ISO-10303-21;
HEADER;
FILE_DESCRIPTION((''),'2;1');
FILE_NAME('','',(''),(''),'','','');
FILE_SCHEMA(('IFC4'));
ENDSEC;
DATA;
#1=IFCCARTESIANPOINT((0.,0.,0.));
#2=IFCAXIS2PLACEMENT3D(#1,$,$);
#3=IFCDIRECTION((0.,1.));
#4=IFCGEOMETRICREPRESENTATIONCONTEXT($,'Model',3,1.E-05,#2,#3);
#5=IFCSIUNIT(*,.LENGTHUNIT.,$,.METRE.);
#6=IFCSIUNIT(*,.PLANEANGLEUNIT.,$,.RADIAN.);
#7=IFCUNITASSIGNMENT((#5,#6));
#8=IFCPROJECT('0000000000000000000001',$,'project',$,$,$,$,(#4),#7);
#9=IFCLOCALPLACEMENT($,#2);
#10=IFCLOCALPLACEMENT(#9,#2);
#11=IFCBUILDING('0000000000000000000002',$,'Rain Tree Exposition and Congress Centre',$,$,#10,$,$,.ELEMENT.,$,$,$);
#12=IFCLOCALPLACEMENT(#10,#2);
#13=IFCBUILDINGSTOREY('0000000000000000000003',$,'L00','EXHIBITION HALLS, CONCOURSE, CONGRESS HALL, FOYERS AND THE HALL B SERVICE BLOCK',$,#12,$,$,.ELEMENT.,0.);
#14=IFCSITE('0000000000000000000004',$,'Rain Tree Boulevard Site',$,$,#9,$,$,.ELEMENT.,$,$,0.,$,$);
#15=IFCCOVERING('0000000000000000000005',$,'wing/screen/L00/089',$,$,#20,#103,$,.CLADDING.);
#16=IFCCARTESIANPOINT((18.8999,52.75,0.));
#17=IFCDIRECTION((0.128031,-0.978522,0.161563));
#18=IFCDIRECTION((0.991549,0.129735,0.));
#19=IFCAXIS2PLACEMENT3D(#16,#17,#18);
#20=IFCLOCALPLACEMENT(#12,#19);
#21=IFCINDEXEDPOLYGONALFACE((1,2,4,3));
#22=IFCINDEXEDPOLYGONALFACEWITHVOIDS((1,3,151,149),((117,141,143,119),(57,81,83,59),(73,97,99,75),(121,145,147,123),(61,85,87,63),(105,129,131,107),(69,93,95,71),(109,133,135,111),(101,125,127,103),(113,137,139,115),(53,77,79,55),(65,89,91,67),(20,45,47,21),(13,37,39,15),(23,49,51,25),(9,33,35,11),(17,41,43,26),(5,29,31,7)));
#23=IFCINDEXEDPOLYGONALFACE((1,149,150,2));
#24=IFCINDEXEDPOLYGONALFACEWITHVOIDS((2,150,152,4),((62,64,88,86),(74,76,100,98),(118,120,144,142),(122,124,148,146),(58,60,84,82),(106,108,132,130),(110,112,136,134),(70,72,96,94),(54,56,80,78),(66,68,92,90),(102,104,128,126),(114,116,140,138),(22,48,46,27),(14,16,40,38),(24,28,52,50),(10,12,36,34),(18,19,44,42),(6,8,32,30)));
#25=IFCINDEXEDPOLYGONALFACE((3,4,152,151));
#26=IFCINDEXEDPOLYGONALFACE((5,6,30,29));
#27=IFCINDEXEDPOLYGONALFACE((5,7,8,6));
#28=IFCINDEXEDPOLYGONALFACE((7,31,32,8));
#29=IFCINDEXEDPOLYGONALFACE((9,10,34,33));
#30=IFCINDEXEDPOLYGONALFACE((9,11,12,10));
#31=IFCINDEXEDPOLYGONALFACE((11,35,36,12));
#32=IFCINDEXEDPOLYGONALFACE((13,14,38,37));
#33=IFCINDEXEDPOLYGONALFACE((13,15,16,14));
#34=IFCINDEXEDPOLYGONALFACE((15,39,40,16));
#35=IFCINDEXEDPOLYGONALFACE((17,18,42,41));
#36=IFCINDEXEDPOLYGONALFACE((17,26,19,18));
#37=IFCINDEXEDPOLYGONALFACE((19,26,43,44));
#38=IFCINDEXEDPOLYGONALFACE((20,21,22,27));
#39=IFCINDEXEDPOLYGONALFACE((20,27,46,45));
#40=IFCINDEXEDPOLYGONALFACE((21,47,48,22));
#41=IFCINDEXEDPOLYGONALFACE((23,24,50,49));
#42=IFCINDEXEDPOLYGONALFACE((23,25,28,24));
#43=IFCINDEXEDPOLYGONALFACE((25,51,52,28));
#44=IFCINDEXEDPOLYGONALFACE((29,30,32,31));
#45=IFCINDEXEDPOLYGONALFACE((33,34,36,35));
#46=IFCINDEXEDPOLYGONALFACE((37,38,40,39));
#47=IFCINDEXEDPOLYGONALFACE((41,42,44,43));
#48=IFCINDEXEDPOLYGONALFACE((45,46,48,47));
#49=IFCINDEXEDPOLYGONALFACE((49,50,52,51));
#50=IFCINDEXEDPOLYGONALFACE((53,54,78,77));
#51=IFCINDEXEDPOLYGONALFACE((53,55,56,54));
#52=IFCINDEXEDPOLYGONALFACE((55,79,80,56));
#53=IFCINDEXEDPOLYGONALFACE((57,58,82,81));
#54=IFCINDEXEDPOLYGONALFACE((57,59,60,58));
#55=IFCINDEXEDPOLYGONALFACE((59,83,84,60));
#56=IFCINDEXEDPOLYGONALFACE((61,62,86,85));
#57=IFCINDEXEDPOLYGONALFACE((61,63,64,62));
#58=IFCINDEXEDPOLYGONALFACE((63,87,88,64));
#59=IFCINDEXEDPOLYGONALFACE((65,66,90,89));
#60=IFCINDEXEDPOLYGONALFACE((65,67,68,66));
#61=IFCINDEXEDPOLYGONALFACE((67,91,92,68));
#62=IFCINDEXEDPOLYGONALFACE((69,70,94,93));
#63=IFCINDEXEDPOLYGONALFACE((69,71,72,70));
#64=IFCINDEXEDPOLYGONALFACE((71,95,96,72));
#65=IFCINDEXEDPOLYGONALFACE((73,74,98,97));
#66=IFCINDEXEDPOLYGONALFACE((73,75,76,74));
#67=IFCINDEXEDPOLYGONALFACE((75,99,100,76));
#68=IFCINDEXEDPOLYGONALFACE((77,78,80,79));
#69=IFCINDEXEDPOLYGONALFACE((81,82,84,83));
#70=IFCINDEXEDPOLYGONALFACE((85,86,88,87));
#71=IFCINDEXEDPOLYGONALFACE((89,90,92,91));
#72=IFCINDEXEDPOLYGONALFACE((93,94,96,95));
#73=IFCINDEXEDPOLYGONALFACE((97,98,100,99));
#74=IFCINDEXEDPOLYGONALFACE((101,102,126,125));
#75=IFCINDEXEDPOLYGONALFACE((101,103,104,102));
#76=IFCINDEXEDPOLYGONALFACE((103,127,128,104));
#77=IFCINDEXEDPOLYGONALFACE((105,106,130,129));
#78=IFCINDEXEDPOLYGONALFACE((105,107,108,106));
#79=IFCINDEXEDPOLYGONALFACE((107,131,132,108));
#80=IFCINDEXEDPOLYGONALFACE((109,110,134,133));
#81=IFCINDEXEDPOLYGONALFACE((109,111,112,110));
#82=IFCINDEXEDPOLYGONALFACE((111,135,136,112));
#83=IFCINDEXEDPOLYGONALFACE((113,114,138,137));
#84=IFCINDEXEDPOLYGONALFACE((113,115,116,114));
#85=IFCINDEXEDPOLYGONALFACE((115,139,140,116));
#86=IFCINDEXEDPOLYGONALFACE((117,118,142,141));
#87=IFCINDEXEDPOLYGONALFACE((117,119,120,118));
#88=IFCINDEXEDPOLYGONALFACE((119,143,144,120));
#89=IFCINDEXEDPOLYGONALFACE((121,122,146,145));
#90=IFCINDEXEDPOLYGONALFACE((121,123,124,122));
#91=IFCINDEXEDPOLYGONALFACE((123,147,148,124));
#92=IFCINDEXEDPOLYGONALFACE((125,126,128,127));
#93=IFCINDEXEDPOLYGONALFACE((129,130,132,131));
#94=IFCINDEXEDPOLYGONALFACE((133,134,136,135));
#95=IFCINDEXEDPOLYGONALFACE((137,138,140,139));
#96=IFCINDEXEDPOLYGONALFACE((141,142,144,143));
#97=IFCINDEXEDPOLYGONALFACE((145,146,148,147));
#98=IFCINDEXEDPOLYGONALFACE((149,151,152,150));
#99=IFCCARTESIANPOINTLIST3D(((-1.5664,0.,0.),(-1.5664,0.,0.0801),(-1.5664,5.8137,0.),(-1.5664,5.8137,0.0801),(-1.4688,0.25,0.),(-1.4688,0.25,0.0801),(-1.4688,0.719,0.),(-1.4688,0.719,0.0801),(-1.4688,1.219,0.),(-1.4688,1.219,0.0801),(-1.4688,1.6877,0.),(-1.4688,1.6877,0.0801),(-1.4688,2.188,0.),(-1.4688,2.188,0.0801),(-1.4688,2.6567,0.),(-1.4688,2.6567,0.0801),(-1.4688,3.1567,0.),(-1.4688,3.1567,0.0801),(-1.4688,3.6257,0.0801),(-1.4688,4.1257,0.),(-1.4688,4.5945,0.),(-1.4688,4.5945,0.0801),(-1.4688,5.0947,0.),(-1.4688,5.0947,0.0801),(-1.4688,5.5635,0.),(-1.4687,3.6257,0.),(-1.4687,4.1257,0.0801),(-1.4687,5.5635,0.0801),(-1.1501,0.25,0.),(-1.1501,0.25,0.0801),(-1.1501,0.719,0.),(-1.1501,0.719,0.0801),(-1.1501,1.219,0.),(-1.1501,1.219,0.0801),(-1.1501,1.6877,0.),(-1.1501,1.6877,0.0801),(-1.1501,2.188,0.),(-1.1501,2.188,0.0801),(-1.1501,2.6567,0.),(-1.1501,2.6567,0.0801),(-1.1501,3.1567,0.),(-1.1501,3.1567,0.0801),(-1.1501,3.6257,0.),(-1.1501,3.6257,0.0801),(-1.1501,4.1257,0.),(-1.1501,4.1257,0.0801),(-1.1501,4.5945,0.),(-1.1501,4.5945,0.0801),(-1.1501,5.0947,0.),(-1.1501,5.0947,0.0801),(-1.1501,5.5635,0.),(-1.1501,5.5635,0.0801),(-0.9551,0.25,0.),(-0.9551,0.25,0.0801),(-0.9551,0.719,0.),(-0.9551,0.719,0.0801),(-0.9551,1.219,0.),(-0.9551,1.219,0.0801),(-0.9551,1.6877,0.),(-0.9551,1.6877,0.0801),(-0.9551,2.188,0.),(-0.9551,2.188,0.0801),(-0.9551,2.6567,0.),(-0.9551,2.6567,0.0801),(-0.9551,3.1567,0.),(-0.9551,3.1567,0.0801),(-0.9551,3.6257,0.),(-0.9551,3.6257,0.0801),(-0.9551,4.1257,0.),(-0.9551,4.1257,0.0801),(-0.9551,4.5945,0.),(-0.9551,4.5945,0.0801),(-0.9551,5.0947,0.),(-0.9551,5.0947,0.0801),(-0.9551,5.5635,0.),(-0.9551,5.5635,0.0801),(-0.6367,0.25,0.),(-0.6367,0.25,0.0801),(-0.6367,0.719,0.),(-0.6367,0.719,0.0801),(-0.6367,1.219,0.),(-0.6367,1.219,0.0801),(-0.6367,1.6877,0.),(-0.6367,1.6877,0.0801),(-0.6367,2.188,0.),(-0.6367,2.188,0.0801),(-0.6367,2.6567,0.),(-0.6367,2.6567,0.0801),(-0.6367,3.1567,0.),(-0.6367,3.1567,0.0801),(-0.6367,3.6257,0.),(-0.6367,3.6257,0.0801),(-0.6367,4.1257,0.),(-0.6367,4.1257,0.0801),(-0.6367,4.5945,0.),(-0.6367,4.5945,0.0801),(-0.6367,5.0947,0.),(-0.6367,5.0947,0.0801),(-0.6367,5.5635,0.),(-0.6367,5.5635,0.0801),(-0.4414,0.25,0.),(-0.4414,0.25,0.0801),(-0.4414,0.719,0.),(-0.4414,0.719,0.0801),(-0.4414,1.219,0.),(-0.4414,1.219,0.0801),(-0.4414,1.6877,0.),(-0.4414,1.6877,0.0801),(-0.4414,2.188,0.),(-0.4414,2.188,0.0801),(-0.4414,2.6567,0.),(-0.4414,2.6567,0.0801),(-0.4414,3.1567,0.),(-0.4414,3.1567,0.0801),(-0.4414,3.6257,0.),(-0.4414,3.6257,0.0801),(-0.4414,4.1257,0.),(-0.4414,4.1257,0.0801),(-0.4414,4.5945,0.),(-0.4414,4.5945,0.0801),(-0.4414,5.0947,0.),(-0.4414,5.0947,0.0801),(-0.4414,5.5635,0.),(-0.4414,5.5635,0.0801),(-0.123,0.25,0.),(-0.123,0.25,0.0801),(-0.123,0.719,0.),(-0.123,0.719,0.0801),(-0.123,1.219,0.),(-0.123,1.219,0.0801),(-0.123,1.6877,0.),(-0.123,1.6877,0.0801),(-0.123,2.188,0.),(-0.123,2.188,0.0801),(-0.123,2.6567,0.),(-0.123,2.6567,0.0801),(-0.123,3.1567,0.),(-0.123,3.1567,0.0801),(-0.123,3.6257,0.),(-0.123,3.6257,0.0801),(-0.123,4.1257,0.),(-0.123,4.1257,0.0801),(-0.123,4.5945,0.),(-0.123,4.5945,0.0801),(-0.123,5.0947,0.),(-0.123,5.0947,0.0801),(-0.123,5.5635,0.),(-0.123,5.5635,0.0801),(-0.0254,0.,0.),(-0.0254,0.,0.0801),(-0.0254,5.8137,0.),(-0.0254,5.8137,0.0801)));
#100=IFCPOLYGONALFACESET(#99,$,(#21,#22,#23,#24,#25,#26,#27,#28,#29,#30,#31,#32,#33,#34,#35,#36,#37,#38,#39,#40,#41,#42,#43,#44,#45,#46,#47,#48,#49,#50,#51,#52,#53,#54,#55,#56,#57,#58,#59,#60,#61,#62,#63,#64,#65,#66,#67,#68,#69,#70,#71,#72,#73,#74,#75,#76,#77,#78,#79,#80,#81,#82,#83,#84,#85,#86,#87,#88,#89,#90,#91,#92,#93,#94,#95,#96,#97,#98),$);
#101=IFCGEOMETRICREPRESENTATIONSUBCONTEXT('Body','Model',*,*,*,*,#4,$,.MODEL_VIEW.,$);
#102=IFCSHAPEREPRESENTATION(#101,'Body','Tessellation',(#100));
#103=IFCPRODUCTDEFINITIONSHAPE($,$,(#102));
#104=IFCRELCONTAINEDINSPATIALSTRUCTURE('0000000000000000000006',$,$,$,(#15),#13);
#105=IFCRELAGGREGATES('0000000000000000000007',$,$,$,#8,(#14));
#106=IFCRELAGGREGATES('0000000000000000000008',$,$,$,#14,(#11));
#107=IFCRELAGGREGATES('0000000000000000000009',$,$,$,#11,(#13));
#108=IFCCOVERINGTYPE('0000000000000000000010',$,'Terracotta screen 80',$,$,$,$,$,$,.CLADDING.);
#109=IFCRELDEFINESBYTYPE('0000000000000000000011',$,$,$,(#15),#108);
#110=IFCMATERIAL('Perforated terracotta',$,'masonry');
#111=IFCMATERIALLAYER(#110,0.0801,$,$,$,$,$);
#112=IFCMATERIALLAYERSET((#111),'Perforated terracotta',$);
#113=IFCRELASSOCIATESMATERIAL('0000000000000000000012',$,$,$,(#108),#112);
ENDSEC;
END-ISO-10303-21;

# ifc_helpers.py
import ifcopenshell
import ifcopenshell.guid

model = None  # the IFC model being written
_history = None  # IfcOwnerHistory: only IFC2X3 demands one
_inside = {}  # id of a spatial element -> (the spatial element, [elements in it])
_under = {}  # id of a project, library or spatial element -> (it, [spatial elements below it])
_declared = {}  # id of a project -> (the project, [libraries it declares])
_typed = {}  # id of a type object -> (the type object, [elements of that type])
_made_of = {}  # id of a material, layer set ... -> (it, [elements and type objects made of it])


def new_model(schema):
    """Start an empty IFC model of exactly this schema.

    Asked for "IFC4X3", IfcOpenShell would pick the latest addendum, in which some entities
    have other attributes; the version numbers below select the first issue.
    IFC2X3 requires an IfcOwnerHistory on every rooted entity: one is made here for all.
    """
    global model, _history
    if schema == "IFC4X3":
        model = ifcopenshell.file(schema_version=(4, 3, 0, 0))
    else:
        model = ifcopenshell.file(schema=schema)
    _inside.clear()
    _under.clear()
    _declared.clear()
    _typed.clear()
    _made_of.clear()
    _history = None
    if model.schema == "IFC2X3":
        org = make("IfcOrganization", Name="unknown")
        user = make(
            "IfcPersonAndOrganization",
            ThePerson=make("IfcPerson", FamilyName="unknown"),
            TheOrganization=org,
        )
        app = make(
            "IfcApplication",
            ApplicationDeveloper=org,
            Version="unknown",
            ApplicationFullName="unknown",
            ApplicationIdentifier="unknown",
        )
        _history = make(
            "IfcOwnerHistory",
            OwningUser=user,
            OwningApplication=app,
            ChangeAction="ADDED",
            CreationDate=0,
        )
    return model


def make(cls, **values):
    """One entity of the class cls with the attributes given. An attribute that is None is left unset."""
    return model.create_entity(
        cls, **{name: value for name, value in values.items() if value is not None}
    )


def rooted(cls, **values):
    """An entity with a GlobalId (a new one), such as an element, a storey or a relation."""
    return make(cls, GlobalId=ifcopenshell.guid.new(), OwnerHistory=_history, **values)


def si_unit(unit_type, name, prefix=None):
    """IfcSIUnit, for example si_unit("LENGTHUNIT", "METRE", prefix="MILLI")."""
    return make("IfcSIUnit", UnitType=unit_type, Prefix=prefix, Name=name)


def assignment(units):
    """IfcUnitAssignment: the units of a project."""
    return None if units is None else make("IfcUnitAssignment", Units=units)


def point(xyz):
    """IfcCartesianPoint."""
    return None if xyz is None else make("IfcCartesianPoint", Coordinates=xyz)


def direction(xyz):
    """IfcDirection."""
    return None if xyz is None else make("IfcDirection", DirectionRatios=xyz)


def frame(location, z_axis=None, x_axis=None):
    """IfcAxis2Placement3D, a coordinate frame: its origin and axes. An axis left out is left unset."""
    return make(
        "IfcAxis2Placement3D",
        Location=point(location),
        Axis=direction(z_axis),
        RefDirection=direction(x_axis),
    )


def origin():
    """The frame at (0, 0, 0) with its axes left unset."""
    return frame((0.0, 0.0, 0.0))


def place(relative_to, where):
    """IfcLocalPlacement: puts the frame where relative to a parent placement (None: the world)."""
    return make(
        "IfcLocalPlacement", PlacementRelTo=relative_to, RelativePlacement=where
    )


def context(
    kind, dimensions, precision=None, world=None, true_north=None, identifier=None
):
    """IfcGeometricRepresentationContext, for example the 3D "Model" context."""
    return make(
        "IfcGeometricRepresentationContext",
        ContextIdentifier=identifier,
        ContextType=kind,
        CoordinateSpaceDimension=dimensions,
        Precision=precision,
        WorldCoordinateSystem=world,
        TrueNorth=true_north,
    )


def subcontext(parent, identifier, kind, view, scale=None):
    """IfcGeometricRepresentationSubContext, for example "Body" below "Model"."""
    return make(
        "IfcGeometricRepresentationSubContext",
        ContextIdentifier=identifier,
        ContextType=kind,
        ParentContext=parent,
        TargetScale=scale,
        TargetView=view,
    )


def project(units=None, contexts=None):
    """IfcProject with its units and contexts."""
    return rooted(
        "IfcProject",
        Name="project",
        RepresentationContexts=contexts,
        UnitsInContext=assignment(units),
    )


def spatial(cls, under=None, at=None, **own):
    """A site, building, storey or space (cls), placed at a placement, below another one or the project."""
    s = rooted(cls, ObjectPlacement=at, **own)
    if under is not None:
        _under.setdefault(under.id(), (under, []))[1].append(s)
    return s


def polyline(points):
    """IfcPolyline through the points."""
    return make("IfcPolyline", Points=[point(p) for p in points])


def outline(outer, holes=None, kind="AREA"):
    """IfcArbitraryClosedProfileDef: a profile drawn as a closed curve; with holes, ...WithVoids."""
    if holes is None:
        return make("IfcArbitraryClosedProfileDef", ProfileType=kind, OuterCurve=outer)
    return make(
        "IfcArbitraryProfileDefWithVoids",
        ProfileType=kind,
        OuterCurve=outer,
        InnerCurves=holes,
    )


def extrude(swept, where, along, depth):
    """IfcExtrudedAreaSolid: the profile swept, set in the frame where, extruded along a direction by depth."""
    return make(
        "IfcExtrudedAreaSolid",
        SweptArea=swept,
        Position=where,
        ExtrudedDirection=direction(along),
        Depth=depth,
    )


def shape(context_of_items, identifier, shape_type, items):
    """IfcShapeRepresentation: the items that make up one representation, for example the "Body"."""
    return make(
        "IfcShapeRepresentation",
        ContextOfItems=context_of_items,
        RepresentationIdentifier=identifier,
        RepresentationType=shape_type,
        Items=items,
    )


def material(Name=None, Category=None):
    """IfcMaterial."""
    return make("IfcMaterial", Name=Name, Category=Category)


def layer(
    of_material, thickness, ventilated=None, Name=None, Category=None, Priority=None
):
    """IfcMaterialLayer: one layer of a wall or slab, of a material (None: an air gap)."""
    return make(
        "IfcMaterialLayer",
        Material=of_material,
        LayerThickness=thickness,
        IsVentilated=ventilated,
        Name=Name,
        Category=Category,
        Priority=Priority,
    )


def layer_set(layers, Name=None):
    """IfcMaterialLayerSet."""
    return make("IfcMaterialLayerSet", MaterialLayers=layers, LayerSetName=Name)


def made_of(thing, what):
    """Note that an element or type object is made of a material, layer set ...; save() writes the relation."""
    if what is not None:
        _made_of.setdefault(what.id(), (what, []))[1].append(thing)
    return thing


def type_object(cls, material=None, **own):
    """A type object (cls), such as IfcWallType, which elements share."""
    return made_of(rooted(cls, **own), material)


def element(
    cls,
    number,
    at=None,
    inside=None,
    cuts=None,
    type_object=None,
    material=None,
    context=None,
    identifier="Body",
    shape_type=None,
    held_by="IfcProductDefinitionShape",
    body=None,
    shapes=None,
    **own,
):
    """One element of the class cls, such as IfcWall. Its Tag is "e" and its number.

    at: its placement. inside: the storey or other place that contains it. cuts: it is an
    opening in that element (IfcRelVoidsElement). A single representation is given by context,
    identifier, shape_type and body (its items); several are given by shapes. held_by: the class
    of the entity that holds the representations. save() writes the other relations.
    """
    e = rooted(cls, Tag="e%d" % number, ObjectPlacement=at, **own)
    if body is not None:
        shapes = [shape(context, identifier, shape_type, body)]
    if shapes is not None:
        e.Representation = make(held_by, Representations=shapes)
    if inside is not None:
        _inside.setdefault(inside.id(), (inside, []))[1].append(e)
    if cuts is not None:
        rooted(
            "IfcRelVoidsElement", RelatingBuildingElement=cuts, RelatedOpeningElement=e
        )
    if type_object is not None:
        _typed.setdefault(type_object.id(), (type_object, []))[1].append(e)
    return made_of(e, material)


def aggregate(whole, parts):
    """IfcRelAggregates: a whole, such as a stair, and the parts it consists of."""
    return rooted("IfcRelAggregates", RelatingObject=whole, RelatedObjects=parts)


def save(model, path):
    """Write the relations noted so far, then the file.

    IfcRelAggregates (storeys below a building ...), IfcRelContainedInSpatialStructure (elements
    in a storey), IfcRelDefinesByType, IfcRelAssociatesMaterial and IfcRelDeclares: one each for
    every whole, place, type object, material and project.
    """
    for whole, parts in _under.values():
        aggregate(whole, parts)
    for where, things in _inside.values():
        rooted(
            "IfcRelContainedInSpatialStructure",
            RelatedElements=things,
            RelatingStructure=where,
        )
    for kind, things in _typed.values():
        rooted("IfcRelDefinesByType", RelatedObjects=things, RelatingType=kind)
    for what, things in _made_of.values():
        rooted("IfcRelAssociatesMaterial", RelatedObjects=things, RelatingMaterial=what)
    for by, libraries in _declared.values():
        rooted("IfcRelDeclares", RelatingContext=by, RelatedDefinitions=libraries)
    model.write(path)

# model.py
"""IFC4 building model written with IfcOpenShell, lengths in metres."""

from ifc_helpers import new_model, si_unit, direction, frame, origin, place, context, subcontext, project, spatial, polyline, outline, extrude, material, layer, layer_set, type_object, element, save


model = new_model("IFC4")

# Units and contexts
model_context = context("Model", 3, precision=1e-05, world=origin(), true_north=direction((0.0, 1.0)))
body_context = subcontext(model_context, "Body", "Model", "MODEL_VIEW")
ifc_project = project(units=[si_unit("LENGTHUNIT", "METRE"), si_unit("PLANEANGLEUNIT", "RADIAN")], contexts=[model_context])

# Site, building, storey
site_placement = place(None, origin())
site = spatial("IfcSite", under=ifc_project, at=site_placement, Name="Rain Tree Boulevard Site", CompositionType="ELEMENT", RefElevation=0.0)
building_placement = place(site_placement, origin())
building = spatial("IfcBuilding", under=site, at=building_placement, Name="Rain Tree Exposition and Congress Centre", CompositionType="ELEMENT")
storey_placement = place(building_placement, origin())
storey = spatial("IfcBuildingStorey", under=building, at=storey_placement, Name="L00", Description="EXHIBITION HALLS, CONCOURSE, CONGRESS HALL, FOYERS AND THE HALL B SERVICE BLOCK", CompositionType="ELEMENT", Elevation=0.0)

# Covering
ifc_material_1 = material(Name="Perforated terracotta", Category="masonry")
ifc_layer_1 = layer(ifc_material_1, 0.0801)
ifc_layer_set_1 = layer_set([ifc_layer_1], Name="Perforated terracotta")
covering_type = type_object("IfcCoveringType", Name="Terracotta screen 80", PredefinedType="CLADDING", material=ifc_layer_set_1)
covering_1_placement = place(storey_placement, frame((18.8999, 52.75, 0.0), z_axis=(0.128031, -0.978522, 0.161563), x_axis=(0.991549, 0.129735, 0.0)))
element("IfcCovering", 1, at=covering_1_placement, inside=storey, type_object=covering_type, Name="wing/screen/L00/089", PredefinedType="CLADDING", context=body_context, shape_type="SweptSolid", body=[
    extrude(outline(polyline([(-0.0254, 5.8137), (-0.0254, 0.0), (-1.5664, 0.0), (-1.5664, 5.8137), (-0.0254, 5.8137)]), holes=[polyline([(-0.123, 0.25), (-0.123, 0.719), (-0.4414, 0.719), (-0.4414, 0.25), (-0.123, 0.25)]), polyline([(-0.123, 1.219), (-0.123, 1.6877), (-0.4414, 1.6877), (-0.4414, 1.219), (-0.123, 1.219)]), polyline([(-0.123, 2.188), (-0.123, 2.6567), (-0.4414, 2.6567), (-0.4414, 2.188), (-0.123, 2.188)]), polyline([(-0.123, 3.1567), (-0.123, 3.6257), (-0.4414, 3.6257), (-0.4414, 3.1567), (-0.123, 3.1567)]), polyline([(-0.123, 4.1257), (-0.123, 4.5945), (-0.4414, 4.5945), (-0.4414, 4.1257), (-0.123, 4.1257)]), polyline([(-0.123, 5.0947), (-0.123, 5.5635), (-0.4414, 5.5635), (-0.4414, 5.0947), (-0.123, 5.0947)]), polyline([(-0.6367, 0.25), (-0.6367, 0.719), (-0.9551, 0.719), (-0.9551, 0.25), (-0.6367, 0.25)]), polyline([(-0.6367, 1.219), (-0.6367, 1.6877), (-0.9551, 1.6877), (-0.9551, 1.219), (-0.6367, 1.219)]), polyline([(-0.6367, 2.188), (-0.6367, 2.6567), (-0.9551, 2.6567), (-0.9551, 2.188), (-0.6367, 2.188)]), polyline([(-0.6367, 3.1567), (-0.6367, 3.6257), (-0.9551, 3.6257), (-0.9551, 3.1567), (-0.6367, 3.1567)]), polyline([(-0.6367, 4.1257), (-0.6367, 4.5945), (-0.9551, 4.5945), (-0.9551, 4.1257), (-0.6367, 4.1257)]), polyline([(-0.6367, 5.0947), (-0.6367, 5.5635), (-0.9551, 5.5635), (-0.9551, 5.0947), (-0.6367, 5.0947)]), polyline([(-1.1501, 0.25), (-1.1501, 0.719), (-1.4688, 0.719), (-1.4688, 0.25), (-1.1501, 0.25)]), polyline([(-1.1501, 1.219), (-1.1501, 1.6877), (-1.4688, 1.6877), (-1.4688, 1.219), (-1.1501, 1.219)]), polyline([(-1.1501, 2.188), (-1.1501, 2.6567), (-1.4688, 2.6567), (-1.4688, 2.188), (-1.1501, 2.188)]), polyline([(-1.1501, 3.1567), (-1.1501, 3.6257), (-1.4688, 3.6257), (-1.4688, 3.1567), (-1.1501, 3.1567)]), polyline([(-1.1501, 4.1257), (-1.1501, 4.5945), (-1.4688, 4.5945), (-1.4688, 4.1257), (-1.1501, 4.1257)]), polyline([(-1.1501, 5.0947), (-1.1501, 5.5635), (-1.4688, 5.5635), (-1.4688, 5.0947), (-1.1501, 5.0947)])]), origin(), (0.0, 0.0, 1.0), 0.0801),
])

save(model, "model.ifc")
